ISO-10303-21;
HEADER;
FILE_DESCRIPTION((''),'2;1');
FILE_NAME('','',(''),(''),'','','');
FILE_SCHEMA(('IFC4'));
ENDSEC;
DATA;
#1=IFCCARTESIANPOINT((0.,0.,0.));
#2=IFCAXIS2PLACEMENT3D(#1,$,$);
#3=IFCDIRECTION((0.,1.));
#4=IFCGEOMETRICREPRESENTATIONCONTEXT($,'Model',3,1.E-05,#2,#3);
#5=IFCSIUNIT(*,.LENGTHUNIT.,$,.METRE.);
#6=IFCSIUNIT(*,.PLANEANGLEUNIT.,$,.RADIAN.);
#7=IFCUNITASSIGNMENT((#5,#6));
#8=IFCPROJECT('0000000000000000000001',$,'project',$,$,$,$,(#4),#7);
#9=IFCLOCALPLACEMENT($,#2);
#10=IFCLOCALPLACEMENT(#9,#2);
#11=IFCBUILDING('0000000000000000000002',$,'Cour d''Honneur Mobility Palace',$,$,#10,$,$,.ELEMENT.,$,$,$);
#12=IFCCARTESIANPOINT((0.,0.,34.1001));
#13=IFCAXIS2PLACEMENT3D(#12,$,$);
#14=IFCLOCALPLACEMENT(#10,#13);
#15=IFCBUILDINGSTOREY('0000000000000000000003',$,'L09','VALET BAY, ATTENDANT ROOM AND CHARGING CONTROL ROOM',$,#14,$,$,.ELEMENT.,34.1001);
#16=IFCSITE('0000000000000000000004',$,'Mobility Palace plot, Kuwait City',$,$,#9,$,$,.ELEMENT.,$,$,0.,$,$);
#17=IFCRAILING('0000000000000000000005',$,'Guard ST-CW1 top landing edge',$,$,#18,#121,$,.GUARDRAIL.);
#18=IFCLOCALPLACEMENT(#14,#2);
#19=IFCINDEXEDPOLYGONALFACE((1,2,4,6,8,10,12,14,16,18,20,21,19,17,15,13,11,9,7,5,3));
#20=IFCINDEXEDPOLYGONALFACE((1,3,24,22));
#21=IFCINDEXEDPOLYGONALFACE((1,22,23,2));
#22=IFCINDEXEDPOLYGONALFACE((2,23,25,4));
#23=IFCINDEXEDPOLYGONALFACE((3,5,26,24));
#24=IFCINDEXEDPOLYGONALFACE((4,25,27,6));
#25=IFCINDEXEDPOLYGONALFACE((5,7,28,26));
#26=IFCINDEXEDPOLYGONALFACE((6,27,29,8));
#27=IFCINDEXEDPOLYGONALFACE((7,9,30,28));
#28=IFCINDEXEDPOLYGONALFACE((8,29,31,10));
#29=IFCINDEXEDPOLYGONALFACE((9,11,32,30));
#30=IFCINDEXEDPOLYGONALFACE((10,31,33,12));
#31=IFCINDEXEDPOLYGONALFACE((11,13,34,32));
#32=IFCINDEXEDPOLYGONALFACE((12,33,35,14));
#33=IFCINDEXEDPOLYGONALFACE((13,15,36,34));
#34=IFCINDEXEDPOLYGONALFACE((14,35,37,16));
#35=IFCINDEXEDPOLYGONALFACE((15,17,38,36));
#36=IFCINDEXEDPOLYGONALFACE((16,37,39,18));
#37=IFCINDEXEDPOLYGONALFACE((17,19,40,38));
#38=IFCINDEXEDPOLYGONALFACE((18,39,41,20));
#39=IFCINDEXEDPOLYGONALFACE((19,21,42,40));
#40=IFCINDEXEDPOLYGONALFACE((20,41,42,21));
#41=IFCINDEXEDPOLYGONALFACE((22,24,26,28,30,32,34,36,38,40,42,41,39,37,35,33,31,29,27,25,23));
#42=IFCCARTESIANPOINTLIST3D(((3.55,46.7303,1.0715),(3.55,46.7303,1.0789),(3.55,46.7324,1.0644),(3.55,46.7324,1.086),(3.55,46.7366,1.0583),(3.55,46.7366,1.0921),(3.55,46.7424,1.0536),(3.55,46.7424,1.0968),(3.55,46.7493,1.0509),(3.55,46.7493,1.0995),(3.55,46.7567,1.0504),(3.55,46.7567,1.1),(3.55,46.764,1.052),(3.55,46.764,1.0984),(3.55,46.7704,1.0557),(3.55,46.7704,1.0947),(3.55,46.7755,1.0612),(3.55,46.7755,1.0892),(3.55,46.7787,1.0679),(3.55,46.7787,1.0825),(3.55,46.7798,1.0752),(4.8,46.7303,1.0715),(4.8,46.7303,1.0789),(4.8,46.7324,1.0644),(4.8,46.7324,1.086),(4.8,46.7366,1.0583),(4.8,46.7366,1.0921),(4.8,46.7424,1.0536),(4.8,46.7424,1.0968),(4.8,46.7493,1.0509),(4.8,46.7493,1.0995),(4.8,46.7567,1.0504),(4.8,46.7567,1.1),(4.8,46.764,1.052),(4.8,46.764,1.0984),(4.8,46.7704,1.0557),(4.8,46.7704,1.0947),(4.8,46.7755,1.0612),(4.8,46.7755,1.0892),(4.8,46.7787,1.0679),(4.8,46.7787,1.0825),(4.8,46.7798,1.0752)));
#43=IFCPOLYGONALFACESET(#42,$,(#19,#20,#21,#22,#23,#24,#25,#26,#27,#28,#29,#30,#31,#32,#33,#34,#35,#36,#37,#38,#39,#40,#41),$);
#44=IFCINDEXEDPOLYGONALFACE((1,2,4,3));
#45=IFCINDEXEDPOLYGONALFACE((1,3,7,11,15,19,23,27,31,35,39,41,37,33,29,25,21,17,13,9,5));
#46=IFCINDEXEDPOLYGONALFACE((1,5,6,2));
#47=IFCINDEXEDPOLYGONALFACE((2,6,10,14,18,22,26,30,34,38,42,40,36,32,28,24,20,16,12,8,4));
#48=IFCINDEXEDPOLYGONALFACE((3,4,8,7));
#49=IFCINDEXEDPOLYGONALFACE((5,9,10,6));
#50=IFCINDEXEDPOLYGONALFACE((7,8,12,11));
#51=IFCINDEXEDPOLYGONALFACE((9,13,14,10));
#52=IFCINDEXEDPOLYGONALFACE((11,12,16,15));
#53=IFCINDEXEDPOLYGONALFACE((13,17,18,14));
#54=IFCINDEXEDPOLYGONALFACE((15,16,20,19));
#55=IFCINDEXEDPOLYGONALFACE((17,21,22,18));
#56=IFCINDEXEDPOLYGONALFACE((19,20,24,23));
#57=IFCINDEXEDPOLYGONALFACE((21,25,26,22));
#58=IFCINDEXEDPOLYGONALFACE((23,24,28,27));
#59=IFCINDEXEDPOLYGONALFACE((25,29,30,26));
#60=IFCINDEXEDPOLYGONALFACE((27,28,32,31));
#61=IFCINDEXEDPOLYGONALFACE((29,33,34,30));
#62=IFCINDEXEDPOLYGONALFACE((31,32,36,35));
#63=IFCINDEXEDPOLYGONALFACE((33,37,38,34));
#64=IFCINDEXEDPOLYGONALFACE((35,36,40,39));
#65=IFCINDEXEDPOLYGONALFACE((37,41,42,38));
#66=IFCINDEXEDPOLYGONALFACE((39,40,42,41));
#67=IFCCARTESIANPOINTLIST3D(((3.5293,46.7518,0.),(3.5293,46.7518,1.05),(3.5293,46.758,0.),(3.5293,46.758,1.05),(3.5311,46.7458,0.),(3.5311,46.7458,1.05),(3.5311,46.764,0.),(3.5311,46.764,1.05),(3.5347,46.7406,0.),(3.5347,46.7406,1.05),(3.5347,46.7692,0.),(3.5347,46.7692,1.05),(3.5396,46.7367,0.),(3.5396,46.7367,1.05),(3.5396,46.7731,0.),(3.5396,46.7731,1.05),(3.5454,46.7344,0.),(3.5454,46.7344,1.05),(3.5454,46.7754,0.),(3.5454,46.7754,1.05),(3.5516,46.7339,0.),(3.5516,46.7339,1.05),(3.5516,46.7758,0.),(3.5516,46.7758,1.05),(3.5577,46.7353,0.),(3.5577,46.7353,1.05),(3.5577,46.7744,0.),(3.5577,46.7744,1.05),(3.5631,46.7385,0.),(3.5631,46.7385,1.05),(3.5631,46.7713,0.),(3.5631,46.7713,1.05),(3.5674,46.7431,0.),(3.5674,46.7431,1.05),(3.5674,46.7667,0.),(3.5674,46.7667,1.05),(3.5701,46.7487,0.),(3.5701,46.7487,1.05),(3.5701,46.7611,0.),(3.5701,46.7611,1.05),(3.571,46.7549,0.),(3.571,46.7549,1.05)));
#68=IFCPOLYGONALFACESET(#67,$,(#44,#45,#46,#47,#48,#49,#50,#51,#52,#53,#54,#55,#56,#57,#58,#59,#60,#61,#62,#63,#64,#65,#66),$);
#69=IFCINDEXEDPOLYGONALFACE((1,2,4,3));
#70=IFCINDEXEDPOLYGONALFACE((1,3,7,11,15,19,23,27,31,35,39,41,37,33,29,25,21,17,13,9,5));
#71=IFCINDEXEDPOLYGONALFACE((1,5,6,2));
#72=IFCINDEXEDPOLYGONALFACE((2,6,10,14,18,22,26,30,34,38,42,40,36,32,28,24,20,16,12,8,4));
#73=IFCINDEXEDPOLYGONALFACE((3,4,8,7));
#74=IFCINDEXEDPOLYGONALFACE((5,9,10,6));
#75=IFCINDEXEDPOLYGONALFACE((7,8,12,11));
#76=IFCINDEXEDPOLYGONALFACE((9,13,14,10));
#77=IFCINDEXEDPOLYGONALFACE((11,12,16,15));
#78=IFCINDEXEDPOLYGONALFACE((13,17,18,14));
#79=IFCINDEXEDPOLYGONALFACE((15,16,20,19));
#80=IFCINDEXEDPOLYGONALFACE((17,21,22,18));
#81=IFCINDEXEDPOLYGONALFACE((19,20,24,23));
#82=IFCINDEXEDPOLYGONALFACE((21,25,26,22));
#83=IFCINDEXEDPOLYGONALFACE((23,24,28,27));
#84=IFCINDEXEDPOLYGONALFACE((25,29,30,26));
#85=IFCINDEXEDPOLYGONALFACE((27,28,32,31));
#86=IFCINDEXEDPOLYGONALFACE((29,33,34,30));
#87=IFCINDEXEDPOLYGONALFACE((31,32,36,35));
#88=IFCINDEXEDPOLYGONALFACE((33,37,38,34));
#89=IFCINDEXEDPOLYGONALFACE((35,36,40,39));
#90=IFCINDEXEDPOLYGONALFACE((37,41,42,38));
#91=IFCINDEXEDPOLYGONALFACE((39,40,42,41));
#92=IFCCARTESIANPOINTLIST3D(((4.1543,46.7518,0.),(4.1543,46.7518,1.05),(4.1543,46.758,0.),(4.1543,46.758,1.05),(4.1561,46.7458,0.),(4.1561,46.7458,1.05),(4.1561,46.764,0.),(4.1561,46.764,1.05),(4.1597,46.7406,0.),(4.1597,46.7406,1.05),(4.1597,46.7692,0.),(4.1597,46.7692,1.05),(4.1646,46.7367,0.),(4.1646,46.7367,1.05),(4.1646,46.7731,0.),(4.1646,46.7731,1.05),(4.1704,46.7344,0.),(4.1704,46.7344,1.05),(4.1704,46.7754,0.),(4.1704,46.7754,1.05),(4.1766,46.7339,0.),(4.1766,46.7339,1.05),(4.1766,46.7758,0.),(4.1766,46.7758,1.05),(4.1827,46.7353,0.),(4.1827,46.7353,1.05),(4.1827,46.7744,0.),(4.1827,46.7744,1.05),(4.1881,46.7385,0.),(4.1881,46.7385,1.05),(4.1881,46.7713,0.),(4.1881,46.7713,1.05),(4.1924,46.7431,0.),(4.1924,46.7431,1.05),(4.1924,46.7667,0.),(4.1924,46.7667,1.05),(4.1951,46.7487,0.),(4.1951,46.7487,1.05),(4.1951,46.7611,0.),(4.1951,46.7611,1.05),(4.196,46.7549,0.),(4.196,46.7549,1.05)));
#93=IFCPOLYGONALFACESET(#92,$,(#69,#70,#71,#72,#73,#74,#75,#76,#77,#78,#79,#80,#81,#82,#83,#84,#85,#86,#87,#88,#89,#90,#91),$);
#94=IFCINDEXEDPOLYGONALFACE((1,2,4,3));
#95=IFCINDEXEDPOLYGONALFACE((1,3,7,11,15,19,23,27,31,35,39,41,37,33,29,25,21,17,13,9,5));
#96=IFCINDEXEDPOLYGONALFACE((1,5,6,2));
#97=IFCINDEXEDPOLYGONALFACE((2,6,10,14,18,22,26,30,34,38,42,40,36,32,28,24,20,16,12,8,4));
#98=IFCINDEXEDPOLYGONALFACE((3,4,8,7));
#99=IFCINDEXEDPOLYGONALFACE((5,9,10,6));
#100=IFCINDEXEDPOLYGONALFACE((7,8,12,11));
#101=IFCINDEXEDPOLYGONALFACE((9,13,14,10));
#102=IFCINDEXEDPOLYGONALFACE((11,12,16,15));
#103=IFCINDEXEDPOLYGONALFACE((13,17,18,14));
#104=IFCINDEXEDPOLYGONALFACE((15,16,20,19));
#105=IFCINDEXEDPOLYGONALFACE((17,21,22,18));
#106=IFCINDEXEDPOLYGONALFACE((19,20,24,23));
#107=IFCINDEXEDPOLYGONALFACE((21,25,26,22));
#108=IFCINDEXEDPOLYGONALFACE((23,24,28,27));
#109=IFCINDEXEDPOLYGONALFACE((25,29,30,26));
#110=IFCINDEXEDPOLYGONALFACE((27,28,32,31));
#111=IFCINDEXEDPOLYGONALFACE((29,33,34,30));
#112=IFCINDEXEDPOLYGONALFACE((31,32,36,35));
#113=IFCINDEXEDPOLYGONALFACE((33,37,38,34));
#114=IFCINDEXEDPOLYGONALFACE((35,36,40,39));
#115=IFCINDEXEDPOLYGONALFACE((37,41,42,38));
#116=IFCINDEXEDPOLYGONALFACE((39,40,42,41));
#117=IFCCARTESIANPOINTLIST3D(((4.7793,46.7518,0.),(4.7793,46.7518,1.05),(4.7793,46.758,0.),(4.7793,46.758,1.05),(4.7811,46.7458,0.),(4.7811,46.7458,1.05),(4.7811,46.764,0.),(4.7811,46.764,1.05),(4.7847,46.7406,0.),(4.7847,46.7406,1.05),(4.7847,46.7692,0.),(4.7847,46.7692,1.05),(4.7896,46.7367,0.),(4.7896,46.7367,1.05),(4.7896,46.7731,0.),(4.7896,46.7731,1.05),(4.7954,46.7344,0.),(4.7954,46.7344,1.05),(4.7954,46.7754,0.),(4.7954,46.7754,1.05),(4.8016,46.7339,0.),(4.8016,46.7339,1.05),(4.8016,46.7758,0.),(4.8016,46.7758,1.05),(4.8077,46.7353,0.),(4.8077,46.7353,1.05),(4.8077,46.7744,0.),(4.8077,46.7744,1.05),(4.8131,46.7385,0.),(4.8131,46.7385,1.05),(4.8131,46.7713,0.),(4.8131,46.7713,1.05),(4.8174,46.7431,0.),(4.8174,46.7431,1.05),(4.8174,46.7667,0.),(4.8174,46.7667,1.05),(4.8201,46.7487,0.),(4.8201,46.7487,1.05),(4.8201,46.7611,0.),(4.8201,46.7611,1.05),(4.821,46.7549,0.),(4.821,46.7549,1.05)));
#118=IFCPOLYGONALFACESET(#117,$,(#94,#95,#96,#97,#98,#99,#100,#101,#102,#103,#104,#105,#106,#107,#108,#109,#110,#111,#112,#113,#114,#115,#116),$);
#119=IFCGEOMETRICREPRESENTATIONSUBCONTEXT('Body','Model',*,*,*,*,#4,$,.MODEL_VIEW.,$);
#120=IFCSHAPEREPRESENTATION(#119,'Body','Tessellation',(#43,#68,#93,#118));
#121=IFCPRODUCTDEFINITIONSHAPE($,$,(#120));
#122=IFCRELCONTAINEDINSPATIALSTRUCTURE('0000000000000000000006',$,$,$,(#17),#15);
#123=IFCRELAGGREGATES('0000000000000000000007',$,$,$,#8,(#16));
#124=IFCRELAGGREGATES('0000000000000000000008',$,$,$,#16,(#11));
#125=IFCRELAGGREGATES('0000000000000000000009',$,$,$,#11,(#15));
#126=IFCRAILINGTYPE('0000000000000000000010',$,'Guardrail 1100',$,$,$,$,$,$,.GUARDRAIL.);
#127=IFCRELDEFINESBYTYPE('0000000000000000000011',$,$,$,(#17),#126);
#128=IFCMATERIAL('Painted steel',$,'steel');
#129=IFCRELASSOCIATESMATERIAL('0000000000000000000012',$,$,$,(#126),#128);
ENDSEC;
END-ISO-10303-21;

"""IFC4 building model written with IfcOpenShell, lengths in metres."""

from ifc_helpers import new_model, si_unit, direction, frame, origin, origin_2d, place, context, subcontext, project, spatial, circle, extrude, material, type_object, element, save


model = new_model("IFC4")

# Units and contexts
model_context = context("Model", 3, precision=1e-05, world=origin(), true_north=direction((0.0, 1.0)))
body_context = subcontext(model_context, "Body", "Model", "MODEL_VIEW")
ifc_project = project(units=[si_unit("LENGTHUNIT", "METRE"), si_unit("PLANEANGLEUNIT", "RADIAN")], contexts=[model_context])

# Site, building, storey
site_placement = place(None, origin())
site = spatial("IfcSite", under=ifc_project, at=site_placement, Name="Mobility Palace plot, Kuwait City", CompositionType="ELEMENT", RefElevation=0.0)
building_placement = place(site_placement, origin())
building = spatial("IfcBuilding", under=site, at=building_placement, Name="Cour d'Honneur Mobility Palace", CompositionType="ELEMENT")
storey_placement = place(building_placement, frame((0.0, 0.0, 34.1001)))
storey = spatial("IfcBuildingStorey", under=building, at=storey_placement, Name="L09", Description="VALET BAY, ATTENDANT ROOM AND CHARGING CONTROL ROOM", CompositionType="ELEMENT", Elevation=34.1001)

# Railing
ifc_material_1 = material(Name="Painted steel", Category="steel")
railing_type_1 = type_object("IfcRailingType", Name="Guardrail 1100", PredefinedType="GUARDRAIL", material=ifc_material_1)
railing_1_placement = place(storey_placement, frame((3.55, 46.7549, 0.0)))
element("IfcRailing", 1, at=railing_1_placement, inside=storey, type_object=railing_type_1, Name="Guard ST-CW1 top landing edge", PredefinedType="GUARDRAIL", context=body_context, shape_type="SweptSolid", body=[
    extrude(circle(Radius=0.0249, at=origin_2d()), frame((0.0, 0.0, 1.0752), z_axis=(1.0, 0.0, 0.0), x_axis=(0.0, 1.0, 0.0)), (0.0, 0.0, 1.0), 1.25),
    extrude(circle(Radius=0.021, at=origin_2d()), origin(), (0.0, 0.0, 1.0), 1.05),
    extrude(circle(Radius=0.021, at=origin_2d()), frame((0.625, 0.0, 0.0)), (0.0, 0.0, 1.0), 1.05),
    extrude(circle(Radius=0.021, at=origin_2d()), frame((1.25, 0.0, 0.0)), (0.0, 0.0, 1.0), 1.05),
])

save(model, "model.ifc")
